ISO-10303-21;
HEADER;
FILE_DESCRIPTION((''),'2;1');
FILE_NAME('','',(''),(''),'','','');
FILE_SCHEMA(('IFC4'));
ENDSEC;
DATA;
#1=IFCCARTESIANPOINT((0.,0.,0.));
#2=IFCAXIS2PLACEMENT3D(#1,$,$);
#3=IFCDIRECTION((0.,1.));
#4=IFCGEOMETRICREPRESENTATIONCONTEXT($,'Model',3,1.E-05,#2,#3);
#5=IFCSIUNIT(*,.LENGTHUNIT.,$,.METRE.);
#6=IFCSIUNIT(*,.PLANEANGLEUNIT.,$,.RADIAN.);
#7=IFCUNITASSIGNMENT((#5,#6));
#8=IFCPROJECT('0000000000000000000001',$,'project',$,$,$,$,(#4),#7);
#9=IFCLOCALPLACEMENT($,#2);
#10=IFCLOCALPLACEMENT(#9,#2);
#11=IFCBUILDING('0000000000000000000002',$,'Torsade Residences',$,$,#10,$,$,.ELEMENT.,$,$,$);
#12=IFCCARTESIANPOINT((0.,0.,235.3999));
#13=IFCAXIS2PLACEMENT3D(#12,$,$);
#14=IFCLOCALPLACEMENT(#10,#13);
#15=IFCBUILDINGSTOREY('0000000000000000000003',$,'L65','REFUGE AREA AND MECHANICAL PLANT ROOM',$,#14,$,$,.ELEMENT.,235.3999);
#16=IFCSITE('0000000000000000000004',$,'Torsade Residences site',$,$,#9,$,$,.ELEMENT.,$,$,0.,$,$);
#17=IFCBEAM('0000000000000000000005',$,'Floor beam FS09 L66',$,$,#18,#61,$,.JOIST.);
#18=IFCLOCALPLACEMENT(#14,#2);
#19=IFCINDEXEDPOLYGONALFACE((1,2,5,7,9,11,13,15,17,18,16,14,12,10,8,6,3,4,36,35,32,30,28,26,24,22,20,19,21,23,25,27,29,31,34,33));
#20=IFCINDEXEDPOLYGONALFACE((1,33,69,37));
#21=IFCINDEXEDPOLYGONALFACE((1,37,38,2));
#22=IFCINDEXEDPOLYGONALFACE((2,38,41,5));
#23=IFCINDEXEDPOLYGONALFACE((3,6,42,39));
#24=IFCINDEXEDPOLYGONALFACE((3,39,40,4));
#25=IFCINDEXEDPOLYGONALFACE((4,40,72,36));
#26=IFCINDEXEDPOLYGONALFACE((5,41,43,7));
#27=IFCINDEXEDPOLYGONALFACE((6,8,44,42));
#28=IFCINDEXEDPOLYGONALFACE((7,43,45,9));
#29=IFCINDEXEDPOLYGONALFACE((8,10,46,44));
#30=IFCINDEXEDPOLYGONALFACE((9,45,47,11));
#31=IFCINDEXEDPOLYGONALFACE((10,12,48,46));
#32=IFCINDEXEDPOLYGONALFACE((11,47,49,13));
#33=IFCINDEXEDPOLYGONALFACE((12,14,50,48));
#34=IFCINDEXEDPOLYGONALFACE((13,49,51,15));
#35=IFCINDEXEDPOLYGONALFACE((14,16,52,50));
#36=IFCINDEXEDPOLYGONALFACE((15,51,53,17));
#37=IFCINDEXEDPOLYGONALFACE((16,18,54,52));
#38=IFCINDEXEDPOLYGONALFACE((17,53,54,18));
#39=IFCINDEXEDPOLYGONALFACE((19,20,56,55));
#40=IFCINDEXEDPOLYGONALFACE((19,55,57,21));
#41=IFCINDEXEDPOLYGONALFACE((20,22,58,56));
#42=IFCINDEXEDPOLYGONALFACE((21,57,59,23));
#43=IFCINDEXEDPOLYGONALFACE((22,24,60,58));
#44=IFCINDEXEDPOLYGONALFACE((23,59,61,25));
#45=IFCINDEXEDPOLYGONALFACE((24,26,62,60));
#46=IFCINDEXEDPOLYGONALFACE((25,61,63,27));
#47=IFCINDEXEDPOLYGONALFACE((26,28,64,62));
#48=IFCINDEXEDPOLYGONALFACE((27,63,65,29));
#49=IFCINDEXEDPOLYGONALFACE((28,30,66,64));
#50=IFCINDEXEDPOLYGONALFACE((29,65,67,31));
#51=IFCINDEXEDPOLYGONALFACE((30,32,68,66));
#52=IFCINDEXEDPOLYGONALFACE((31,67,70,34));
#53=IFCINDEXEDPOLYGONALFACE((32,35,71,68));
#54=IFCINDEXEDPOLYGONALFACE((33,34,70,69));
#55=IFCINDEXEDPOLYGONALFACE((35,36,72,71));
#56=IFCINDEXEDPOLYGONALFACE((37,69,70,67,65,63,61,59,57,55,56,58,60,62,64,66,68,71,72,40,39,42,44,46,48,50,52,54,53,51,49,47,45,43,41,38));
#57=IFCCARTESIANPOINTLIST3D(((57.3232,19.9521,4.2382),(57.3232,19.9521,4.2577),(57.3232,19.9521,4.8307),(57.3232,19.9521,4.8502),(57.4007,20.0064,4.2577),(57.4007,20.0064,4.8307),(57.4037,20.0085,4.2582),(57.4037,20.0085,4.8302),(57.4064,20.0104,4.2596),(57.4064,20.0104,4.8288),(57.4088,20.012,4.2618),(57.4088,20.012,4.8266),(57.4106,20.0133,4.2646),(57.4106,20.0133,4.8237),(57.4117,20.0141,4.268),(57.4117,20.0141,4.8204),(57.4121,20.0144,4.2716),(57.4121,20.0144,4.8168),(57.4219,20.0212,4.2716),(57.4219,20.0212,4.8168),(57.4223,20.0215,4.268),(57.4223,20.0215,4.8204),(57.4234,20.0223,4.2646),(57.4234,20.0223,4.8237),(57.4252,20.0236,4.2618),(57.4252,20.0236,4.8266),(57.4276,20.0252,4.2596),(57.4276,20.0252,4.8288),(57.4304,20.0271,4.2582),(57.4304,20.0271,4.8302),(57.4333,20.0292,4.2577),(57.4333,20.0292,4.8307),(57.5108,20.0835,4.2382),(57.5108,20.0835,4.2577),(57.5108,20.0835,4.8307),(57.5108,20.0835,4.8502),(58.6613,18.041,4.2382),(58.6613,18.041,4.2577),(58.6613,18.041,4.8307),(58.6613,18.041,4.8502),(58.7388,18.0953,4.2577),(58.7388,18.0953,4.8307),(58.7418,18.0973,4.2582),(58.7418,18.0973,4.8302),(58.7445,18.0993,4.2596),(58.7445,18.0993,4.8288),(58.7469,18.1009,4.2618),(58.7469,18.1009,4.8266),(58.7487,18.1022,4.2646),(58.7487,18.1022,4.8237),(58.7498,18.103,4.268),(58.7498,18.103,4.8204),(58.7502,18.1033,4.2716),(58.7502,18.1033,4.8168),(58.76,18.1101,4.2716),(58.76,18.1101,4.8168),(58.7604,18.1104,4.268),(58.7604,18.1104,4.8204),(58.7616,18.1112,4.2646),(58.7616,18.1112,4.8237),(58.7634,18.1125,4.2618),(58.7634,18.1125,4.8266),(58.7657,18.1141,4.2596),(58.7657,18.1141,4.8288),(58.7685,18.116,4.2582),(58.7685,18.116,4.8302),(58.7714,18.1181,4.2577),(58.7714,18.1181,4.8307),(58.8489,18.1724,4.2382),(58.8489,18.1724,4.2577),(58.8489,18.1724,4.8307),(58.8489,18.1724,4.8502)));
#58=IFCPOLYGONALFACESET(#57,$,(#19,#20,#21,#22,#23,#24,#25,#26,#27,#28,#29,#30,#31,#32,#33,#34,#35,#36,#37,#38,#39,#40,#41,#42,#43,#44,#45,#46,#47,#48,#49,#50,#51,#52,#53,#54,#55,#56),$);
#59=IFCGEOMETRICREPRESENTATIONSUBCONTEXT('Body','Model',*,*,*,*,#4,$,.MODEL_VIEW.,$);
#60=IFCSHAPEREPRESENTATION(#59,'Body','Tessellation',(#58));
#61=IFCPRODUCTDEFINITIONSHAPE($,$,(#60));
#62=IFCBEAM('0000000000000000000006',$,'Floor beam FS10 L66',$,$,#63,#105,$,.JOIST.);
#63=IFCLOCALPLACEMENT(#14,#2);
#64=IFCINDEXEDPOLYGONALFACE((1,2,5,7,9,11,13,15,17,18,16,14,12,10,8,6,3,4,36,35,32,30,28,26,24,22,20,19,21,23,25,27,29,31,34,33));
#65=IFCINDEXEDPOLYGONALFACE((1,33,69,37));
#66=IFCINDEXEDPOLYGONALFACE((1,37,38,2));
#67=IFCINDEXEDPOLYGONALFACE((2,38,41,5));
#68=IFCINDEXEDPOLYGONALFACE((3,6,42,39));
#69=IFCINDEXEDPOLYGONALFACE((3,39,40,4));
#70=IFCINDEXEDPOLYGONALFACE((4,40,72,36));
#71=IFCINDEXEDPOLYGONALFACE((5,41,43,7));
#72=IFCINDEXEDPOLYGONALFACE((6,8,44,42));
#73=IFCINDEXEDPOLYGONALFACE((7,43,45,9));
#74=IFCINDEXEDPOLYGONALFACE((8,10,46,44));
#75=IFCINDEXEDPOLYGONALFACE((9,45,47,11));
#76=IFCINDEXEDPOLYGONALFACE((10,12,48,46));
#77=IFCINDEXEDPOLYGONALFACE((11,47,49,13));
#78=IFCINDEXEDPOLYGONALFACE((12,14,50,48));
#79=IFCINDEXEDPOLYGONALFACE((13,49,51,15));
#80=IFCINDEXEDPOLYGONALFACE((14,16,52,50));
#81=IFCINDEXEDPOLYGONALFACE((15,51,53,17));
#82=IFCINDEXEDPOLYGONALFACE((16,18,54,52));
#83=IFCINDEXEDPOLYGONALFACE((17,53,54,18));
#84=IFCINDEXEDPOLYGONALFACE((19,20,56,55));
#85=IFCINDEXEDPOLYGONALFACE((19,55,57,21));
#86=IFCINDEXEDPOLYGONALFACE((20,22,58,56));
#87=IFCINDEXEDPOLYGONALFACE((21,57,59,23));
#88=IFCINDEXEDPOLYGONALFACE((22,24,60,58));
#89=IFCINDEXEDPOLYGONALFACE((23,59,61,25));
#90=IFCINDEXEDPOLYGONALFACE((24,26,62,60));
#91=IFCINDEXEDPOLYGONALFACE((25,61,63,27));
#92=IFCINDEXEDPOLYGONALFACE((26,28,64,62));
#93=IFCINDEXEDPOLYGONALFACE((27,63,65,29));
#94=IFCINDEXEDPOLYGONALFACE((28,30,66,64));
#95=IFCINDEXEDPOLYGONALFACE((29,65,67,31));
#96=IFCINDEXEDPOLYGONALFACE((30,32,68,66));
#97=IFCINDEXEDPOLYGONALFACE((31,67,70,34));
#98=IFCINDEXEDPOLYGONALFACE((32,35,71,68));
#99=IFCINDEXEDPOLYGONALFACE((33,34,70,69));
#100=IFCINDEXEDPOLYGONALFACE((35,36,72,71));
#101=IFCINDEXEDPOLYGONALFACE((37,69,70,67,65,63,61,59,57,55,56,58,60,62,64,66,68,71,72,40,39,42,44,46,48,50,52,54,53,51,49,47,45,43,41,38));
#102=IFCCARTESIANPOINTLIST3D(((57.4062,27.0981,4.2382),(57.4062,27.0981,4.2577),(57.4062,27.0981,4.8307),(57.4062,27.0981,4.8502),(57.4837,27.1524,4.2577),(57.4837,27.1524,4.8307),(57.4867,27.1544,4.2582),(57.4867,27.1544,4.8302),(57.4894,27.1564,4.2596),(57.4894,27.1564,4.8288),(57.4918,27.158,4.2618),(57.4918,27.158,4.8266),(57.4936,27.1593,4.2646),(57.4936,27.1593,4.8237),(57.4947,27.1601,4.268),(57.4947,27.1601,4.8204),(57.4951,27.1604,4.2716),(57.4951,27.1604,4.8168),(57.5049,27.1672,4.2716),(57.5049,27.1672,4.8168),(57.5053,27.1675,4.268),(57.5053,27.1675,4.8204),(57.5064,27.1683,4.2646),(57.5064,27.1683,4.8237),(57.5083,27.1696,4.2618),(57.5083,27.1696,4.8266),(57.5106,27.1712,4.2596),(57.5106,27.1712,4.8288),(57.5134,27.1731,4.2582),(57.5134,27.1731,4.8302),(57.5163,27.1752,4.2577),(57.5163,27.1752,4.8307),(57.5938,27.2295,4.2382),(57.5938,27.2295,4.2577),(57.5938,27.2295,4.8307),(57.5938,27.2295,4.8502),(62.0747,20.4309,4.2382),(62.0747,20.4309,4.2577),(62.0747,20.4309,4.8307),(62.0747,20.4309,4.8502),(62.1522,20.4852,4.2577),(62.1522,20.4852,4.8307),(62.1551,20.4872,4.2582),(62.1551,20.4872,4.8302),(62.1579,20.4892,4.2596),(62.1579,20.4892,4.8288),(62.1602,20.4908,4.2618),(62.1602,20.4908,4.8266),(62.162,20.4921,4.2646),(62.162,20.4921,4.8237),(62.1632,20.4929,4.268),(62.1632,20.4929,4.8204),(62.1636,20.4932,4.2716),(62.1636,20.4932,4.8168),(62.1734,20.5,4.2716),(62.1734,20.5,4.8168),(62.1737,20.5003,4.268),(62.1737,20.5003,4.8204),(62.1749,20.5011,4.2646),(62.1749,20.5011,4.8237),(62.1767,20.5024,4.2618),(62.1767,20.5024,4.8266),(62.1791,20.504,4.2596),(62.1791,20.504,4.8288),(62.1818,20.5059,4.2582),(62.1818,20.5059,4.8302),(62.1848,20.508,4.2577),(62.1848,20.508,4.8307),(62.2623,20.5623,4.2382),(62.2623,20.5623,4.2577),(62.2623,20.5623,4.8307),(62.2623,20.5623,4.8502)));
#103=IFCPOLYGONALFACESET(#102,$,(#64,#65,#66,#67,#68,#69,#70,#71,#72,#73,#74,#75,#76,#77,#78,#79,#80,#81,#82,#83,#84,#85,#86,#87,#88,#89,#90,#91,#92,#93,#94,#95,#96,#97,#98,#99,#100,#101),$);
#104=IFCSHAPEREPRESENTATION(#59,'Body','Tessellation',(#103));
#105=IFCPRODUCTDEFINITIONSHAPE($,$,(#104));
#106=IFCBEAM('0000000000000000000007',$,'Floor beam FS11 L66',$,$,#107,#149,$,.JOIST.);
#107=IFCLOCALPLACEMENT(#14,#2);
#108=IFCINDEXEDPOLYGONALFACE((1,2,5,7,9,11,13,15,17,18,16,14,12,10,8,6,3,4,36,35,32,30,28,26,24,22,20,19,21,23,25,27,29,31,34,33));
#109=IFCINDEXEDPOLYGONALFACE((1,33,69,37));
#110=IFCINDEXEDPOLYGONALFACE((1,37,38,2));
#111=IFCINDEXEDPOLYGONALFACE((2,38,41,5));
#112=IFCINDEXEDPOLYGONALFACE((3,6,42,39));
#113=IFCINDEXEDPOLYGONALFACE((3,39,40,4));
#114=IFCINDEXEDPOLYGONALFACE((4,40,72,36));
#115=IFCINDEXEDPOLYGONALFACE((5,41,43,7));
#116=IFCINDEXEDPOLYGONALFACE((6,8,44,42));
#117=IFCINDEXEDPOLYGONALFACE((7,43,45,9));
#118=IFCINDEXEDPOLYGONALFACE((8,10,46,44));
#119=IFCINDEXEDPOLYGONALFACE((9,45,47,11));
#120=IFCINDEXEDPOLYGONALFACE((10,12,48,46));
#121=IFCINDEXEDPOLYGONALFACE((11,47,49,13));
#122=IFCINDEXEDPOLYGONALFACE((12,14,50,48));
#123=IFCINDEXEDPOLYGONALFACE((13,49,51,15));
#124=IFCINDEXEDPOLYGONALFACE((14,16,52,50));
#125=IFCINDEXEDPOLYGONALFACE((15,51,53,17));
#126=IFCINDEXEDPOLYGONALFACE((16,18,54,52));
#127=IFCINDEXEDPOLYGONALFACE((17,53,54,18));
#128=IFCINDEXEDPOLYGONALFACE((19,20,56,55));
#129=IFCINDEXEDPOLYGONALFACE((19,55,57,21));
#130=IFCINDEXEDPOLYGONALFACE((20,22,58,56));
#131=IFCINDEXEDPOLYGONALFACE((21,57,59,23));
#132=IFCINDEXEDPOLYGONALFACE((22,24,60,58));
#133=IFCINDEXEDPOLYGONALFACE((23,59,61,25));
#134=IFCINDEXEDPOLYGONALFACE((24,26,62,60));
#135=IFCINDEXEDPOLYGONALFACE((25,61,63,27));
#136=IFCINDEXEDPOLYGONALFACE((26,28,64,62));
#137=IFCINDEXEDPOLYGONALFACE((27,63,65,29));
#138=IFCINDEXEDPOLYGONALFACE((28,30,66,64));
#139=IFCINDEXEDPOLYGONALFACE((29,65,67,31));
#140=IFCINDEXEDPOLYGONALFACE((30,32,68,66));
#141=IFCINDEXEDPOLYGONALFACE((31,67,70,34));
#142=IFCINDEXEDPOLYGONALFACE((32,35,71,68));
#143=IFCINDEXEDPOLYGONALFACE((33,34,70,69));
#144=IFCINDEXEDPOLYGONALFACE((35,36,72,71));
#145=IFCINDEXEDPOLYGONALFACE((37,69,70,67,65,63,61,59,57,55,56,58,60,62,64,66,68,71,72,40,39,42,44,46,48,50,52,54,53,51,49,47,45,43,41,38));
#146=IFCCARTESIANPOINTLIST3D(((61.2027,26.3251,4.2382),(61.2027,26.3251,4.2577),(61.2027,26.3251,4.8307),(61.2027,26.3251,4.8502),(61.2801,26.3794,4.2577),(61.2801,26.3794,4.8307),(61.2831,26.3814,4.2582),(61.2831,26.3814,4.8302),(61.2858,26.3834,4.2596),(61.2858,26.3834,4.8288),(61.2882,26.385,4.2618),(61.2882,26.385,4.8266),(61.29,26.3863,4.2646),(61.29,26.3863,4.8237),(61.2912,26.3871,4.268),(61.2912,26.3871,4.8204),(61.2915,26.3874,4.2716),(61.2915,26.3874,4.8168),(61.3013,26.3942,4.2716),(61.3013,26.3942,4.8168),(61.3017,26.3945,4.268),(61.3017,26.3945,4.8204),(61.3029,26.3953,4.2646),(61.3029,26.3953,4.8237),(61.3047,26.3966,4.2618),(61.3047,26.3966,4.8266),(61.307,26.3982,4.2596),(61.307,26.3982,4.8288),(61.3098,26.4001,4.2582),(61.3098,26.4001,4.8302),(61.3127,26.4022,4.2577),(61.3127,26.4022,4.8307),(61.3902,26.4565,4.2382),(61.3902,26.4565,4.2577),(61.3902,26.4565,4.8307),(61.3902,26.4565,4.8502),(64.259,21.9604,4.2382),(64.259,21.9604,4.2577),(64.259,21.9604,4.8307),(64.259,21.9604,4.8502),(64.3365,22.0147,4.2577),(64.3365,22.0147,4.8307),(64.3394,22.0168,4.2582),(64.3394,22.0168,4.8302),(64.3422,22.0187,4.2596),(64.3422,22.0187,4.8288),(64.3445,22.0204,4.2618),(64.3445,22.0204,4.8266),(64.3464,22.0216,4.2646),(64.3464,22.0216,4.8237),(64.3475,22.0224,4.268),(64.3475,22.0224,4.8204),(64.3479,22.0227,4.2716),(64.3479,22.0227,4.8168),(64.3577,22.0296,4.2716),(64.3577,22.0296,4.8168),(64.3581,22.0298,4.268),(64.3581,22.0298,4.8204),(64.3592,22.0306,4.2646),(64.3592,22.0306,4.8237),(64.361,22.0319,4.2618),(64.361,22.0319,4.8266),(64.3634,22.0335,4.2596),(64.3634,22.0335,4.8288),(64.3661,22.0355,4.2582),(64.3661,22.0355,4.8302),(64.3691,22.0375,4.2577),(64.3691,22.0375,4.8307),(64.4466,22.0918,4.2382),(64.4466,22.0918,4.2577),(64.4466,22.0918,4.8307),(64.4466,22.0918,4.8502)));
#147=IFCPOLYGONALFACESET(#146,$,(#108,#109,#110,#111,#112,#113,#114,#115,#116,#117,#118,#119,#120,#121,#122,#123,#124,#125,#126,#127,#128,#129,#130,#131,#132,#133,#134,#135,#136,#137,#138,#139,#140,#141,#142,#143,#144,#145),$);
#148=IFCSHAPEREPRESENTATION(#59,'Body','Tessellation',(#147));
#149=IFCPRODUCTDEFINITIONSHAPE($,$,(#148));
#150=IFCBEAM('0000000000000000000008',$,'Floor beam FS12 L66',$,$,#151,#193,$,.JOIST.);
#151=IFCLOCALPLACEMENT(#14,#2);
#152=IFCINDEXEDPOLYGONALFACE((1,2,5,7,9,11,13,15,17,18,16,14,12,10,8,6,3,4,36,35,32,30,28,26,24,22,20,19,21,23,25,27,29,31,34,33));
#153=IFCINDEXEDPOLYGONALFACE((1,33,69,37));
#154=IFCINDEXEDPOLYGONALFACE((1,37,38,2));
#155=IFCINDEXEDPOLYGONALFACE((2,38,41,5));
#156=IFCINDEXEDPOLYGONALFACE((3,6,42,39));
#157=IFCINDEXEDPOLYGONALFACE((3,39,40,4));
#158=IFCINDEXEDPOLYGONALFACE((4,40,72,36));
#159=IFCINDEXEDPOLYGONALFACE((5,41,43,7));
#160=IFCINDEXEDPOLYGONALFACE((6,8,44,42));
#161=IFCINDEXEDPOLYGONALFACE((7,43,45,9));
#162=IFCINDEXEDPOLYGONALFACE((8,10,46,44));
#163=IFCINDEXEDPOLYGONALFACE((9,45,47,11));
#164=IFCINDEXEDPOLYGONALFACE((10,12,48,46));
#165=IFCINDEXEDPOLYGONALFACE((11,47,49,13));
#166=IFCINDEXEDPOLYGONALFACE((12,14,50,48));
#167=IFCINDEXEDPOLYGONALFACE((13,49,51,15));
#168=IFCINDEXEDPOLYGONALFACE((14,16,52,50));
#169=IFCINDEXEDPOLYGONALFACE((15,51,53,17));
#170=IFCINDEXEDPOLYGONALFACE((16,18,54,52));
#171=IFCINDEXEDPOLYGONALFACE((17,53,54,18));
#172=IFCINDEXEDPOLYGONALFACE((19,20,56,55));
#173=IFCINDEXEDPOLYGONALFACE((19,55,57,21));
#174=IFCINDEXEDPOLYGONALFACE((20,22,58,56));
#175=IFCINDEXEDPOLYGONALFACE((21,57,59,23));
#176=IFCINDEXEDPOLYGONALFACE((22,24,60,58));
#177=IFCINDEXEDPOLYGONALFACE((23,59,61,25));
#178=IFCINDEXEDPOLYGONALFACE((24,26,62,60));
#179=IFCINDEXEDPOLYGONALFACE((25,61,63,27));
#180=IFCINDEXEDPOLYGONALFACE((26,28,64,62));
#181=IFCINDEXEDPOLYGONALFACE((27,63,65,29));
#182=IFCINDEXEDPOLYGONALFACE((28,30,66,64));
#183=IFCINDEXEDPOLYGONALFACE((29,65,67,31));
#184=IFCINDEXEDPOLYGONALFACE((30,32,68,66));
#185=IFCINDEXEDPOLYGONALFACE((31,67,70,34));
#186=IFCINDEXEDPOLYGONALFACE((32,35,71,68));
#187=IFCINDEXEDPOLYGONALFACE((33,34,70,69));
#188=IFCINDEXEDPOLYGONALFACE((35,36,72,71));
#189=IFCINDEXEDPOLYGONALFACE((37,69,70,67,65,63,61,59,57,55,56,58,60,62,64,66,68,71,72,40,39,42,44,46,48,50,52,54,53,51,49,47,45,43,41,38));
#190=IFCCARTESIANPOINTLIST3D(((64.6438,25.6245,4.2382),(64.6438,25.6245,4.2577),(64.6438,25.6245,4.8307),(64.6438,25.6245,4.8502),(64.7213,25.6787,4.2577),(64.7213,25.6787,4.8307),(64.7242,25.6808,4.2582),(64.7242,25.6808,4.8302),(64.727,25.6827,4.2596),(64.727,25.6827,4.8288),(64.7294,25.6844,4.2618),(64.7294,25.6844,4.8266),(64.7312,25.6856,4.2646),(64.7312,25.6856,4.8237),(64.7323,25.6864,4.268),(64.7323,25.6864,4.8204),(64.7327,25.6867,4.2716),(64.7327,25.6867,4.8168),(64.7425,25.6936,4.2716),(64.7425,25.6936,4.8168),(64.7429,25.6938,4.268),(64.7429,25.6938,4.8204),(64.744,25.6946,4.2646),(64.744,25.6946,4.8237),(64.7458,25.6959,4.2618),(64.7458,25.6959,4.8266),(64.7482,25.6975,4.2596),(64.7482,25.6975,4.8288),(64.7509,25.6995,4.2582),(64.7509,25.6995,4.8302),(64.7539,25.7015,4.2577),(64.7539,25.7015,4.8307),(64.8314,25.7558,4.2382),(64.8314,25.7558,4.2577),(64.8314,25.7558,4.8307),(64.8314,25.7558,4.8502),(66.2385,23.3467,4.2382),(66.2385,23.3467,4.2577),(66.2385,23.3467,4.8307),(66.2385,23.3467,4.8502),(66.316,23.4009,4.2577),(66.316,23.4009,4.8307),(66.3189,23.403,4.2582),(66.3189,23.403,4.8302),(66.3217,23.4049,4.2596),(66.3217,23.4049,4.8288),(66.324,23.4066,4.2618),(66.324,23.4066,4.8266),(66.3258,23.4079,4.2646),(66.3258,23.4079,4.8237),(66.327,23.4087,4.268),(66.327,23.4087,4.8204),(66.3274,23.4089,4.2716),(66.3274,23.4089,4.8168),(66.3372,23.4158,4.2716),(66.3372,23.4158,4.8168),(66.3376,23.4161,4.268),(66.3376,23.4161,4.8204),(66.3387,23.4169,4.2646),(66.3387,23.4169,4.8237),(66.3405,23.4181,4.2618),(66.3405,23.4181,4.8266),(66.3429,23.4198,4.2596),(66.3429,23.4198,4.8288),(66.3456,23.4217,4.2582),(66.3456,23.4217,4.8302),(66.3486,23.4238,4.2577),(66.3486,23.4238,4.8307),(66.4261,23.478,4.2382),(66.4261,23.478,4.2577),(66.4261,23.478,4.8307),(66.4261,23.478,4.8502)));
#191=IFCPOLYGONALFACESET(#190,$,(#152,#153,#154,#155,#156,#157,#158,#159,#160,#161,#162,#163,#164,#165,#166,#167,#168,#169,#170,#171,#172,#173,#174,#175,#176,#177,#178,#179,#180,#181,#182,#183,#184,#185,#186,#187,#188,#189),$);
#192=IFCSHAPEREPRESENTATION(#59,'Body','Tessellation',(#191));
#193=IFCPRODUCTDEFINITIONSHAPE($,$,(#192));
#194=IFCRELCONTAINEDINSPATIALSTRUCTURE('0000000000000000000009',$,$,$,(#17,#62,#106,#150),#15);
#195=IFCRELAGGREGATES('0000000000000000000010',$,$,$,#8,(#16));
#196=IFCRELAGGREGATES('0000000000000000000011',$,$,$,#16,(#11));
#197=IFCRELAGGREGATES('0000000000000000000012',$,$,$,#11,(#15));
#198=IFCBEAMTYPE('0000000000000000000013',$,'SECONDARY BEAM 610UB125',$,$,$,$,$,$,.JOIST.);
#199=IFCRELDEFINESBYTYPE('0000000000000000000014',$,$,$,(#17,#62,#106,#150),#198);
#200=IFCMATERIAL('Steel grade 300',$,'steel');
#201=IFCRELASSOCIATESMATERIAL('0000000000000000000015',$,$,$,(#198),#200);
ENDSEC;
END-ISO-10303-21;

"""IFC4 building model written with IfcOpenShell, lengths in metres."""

from ifc_helpers import new_model, si_unit, direction, frame, origin, origin_2d, place, context, subcontext, project, spatial, i_section, extrude, material, material_profile, profile_set, type_object, element, save


model = new_model("IFC4")

# Units and contexts
model_context = context("Model", 3, precision=1e-05, world=origin(), true_north=direction((0.0, 1.0)))
body_context = subcontext(model_context, "Body", "Model", "MODEL_VIEW")
ifc_project = project(units=[si_unit("LENGTHUNIT", "METRE"), si_unit("PLANEANGLEUNIT", "RADIAN")], contexts=[model_context])

# Site, building, storey
site_placement = place(None, origin())
site = spatial("IfcSite", under=ifc_project, at=site_placement, Name="Torsade Residences site", CompositionType="ELEMENT", RefElevation=0.0)
building_placement = place(site_placement, origin())
building = spatial("IfcBuilding", under=site, at=building_placement, Name="Torsade Residences", CompositionType="ELEMENT")
storey_placement = place(building_placement, frame((0.0, 0.0, 235.3999)))
storey = spatial("IfcBuildingStorey", under=building, at=storey_placement, Name="L65", Description="REFUGE AREA AND MECHANICAL PLANT ROOM", CompositionType="ELEMENT", Elevation=235.3999)

# Beams
ifc_material_1 = material(Name="Steel grade 300", Category="steel")
ifc_material_profile_1 = material_profile(ifc_material_1, i_section(OverallWidth=0.229, OverallDepth=0.6121, WebThickness=0.012, FlangeThickness=0.0195, FilletRadius=0.0139, at=origin_2d()), Name="610UB125")
ifc_profile_set_1 = profile_set([ifc_material_profile_1], Name="Steel grade 300")
beam_type_1 = type_object("IfcBeamType", Name="SECONDARY BEAM 610UB125", PredefinedType="JOIST", material=ifc_profile_set_1)
beam_1_placement = place(storey_placement, frame((58.7551, 18.1067, 4.5442), z_axis=(-0.573561, 0.819163, 0.0), x_axis=(-0.819163, -0.573561, 0.0)))
element("IfcBeam", 1, at=beam_1_placement, inside=storey, type_object=beam_type_1, Name="Floor beam FS09 L66", PredefinedType="JOIST", context=body_context, shape_type="SweptSolid", body=[
    extrude(i_section(OverallWidth=0.229, OverallDepth=0.6121, WebThickness=0.012, FlangeThickness=0.0195, FilletRadius=0.0139, at=origin_2d()), origin(), (0.0, 0.0, 1.0), 2.333),
])
beam_2_placement = place(storey_placement, frame((62.1685, 20.4966, 4.5442), z_axis=(-0.573577, 0.819152, 0.0), x_axis=(-0.819152, -0.573577, 0.0)))
element("IfcBeam", 2, at=beam_2_placement, inside=storey, type_object=beam_type_1, Name="Floor beam FS10 L66", PredefinedType="JOIST", context=body_context, shape_type="SweptSolid", body=[
    extrude(i_section(OverallWidth=0.229, OverallDepth=0.6121, WebThickness=0.012, FlangeThickness=0.0195, FilletRadius=0.0139, at=origin_2d()), origin(), (0.0, 0.0, 1.0), 8.1392),
])
beam_3_placement = place(storey_placement, frame((64.3528, 22.0261, 4.5442), z_axis=(-0.573598, 0.819137, 0.0), x_axis=(-0.819137, -0.573598, 0.0)))
element("IfcBeam", 3, at=beam_3_placement, inside=storey, type_object=beam_type_1, Name="Floor beam FS11 L66", PredefinedType="JOIST", context=body_context, shape_type="SweptSolid", body=[
    extrude(i_section(OverallWidth=0.229, OverallDepth=0.6121, WebThickness=0.012, FlangeThickness=0.0195, FilletRadius=0.0139, at=origin_2d()), origin(), (0.0, 0.0, 1.0), 5.3284),
])
beam_4_placement = place(storey_placement, frame((66.3323, 23.4124, 4.5442), z_axis=(-0.573521, 0.819191, 0.0), x_axis=(-0.819191, -0.573521, 0.0)))
element("IfcBeam", 4, at=beam_4_placement, inside=storey, type_object=beam_type_1, Name="Floor beam FS12 L66", PredefinedType="JOIST", context=body_context, shape_type="SweptSolid", body=[
    extrude(i_section(OverallWidth=0.229, OverallDepth=0.6121, WebThickness=0.012, FlangeThickness=0.0195, FilletRadius=0.0139, at=origin_2d()), origin(), (0.0, 0.0, 1.0), 2.7805),
])

save(model, "model.ifc")
